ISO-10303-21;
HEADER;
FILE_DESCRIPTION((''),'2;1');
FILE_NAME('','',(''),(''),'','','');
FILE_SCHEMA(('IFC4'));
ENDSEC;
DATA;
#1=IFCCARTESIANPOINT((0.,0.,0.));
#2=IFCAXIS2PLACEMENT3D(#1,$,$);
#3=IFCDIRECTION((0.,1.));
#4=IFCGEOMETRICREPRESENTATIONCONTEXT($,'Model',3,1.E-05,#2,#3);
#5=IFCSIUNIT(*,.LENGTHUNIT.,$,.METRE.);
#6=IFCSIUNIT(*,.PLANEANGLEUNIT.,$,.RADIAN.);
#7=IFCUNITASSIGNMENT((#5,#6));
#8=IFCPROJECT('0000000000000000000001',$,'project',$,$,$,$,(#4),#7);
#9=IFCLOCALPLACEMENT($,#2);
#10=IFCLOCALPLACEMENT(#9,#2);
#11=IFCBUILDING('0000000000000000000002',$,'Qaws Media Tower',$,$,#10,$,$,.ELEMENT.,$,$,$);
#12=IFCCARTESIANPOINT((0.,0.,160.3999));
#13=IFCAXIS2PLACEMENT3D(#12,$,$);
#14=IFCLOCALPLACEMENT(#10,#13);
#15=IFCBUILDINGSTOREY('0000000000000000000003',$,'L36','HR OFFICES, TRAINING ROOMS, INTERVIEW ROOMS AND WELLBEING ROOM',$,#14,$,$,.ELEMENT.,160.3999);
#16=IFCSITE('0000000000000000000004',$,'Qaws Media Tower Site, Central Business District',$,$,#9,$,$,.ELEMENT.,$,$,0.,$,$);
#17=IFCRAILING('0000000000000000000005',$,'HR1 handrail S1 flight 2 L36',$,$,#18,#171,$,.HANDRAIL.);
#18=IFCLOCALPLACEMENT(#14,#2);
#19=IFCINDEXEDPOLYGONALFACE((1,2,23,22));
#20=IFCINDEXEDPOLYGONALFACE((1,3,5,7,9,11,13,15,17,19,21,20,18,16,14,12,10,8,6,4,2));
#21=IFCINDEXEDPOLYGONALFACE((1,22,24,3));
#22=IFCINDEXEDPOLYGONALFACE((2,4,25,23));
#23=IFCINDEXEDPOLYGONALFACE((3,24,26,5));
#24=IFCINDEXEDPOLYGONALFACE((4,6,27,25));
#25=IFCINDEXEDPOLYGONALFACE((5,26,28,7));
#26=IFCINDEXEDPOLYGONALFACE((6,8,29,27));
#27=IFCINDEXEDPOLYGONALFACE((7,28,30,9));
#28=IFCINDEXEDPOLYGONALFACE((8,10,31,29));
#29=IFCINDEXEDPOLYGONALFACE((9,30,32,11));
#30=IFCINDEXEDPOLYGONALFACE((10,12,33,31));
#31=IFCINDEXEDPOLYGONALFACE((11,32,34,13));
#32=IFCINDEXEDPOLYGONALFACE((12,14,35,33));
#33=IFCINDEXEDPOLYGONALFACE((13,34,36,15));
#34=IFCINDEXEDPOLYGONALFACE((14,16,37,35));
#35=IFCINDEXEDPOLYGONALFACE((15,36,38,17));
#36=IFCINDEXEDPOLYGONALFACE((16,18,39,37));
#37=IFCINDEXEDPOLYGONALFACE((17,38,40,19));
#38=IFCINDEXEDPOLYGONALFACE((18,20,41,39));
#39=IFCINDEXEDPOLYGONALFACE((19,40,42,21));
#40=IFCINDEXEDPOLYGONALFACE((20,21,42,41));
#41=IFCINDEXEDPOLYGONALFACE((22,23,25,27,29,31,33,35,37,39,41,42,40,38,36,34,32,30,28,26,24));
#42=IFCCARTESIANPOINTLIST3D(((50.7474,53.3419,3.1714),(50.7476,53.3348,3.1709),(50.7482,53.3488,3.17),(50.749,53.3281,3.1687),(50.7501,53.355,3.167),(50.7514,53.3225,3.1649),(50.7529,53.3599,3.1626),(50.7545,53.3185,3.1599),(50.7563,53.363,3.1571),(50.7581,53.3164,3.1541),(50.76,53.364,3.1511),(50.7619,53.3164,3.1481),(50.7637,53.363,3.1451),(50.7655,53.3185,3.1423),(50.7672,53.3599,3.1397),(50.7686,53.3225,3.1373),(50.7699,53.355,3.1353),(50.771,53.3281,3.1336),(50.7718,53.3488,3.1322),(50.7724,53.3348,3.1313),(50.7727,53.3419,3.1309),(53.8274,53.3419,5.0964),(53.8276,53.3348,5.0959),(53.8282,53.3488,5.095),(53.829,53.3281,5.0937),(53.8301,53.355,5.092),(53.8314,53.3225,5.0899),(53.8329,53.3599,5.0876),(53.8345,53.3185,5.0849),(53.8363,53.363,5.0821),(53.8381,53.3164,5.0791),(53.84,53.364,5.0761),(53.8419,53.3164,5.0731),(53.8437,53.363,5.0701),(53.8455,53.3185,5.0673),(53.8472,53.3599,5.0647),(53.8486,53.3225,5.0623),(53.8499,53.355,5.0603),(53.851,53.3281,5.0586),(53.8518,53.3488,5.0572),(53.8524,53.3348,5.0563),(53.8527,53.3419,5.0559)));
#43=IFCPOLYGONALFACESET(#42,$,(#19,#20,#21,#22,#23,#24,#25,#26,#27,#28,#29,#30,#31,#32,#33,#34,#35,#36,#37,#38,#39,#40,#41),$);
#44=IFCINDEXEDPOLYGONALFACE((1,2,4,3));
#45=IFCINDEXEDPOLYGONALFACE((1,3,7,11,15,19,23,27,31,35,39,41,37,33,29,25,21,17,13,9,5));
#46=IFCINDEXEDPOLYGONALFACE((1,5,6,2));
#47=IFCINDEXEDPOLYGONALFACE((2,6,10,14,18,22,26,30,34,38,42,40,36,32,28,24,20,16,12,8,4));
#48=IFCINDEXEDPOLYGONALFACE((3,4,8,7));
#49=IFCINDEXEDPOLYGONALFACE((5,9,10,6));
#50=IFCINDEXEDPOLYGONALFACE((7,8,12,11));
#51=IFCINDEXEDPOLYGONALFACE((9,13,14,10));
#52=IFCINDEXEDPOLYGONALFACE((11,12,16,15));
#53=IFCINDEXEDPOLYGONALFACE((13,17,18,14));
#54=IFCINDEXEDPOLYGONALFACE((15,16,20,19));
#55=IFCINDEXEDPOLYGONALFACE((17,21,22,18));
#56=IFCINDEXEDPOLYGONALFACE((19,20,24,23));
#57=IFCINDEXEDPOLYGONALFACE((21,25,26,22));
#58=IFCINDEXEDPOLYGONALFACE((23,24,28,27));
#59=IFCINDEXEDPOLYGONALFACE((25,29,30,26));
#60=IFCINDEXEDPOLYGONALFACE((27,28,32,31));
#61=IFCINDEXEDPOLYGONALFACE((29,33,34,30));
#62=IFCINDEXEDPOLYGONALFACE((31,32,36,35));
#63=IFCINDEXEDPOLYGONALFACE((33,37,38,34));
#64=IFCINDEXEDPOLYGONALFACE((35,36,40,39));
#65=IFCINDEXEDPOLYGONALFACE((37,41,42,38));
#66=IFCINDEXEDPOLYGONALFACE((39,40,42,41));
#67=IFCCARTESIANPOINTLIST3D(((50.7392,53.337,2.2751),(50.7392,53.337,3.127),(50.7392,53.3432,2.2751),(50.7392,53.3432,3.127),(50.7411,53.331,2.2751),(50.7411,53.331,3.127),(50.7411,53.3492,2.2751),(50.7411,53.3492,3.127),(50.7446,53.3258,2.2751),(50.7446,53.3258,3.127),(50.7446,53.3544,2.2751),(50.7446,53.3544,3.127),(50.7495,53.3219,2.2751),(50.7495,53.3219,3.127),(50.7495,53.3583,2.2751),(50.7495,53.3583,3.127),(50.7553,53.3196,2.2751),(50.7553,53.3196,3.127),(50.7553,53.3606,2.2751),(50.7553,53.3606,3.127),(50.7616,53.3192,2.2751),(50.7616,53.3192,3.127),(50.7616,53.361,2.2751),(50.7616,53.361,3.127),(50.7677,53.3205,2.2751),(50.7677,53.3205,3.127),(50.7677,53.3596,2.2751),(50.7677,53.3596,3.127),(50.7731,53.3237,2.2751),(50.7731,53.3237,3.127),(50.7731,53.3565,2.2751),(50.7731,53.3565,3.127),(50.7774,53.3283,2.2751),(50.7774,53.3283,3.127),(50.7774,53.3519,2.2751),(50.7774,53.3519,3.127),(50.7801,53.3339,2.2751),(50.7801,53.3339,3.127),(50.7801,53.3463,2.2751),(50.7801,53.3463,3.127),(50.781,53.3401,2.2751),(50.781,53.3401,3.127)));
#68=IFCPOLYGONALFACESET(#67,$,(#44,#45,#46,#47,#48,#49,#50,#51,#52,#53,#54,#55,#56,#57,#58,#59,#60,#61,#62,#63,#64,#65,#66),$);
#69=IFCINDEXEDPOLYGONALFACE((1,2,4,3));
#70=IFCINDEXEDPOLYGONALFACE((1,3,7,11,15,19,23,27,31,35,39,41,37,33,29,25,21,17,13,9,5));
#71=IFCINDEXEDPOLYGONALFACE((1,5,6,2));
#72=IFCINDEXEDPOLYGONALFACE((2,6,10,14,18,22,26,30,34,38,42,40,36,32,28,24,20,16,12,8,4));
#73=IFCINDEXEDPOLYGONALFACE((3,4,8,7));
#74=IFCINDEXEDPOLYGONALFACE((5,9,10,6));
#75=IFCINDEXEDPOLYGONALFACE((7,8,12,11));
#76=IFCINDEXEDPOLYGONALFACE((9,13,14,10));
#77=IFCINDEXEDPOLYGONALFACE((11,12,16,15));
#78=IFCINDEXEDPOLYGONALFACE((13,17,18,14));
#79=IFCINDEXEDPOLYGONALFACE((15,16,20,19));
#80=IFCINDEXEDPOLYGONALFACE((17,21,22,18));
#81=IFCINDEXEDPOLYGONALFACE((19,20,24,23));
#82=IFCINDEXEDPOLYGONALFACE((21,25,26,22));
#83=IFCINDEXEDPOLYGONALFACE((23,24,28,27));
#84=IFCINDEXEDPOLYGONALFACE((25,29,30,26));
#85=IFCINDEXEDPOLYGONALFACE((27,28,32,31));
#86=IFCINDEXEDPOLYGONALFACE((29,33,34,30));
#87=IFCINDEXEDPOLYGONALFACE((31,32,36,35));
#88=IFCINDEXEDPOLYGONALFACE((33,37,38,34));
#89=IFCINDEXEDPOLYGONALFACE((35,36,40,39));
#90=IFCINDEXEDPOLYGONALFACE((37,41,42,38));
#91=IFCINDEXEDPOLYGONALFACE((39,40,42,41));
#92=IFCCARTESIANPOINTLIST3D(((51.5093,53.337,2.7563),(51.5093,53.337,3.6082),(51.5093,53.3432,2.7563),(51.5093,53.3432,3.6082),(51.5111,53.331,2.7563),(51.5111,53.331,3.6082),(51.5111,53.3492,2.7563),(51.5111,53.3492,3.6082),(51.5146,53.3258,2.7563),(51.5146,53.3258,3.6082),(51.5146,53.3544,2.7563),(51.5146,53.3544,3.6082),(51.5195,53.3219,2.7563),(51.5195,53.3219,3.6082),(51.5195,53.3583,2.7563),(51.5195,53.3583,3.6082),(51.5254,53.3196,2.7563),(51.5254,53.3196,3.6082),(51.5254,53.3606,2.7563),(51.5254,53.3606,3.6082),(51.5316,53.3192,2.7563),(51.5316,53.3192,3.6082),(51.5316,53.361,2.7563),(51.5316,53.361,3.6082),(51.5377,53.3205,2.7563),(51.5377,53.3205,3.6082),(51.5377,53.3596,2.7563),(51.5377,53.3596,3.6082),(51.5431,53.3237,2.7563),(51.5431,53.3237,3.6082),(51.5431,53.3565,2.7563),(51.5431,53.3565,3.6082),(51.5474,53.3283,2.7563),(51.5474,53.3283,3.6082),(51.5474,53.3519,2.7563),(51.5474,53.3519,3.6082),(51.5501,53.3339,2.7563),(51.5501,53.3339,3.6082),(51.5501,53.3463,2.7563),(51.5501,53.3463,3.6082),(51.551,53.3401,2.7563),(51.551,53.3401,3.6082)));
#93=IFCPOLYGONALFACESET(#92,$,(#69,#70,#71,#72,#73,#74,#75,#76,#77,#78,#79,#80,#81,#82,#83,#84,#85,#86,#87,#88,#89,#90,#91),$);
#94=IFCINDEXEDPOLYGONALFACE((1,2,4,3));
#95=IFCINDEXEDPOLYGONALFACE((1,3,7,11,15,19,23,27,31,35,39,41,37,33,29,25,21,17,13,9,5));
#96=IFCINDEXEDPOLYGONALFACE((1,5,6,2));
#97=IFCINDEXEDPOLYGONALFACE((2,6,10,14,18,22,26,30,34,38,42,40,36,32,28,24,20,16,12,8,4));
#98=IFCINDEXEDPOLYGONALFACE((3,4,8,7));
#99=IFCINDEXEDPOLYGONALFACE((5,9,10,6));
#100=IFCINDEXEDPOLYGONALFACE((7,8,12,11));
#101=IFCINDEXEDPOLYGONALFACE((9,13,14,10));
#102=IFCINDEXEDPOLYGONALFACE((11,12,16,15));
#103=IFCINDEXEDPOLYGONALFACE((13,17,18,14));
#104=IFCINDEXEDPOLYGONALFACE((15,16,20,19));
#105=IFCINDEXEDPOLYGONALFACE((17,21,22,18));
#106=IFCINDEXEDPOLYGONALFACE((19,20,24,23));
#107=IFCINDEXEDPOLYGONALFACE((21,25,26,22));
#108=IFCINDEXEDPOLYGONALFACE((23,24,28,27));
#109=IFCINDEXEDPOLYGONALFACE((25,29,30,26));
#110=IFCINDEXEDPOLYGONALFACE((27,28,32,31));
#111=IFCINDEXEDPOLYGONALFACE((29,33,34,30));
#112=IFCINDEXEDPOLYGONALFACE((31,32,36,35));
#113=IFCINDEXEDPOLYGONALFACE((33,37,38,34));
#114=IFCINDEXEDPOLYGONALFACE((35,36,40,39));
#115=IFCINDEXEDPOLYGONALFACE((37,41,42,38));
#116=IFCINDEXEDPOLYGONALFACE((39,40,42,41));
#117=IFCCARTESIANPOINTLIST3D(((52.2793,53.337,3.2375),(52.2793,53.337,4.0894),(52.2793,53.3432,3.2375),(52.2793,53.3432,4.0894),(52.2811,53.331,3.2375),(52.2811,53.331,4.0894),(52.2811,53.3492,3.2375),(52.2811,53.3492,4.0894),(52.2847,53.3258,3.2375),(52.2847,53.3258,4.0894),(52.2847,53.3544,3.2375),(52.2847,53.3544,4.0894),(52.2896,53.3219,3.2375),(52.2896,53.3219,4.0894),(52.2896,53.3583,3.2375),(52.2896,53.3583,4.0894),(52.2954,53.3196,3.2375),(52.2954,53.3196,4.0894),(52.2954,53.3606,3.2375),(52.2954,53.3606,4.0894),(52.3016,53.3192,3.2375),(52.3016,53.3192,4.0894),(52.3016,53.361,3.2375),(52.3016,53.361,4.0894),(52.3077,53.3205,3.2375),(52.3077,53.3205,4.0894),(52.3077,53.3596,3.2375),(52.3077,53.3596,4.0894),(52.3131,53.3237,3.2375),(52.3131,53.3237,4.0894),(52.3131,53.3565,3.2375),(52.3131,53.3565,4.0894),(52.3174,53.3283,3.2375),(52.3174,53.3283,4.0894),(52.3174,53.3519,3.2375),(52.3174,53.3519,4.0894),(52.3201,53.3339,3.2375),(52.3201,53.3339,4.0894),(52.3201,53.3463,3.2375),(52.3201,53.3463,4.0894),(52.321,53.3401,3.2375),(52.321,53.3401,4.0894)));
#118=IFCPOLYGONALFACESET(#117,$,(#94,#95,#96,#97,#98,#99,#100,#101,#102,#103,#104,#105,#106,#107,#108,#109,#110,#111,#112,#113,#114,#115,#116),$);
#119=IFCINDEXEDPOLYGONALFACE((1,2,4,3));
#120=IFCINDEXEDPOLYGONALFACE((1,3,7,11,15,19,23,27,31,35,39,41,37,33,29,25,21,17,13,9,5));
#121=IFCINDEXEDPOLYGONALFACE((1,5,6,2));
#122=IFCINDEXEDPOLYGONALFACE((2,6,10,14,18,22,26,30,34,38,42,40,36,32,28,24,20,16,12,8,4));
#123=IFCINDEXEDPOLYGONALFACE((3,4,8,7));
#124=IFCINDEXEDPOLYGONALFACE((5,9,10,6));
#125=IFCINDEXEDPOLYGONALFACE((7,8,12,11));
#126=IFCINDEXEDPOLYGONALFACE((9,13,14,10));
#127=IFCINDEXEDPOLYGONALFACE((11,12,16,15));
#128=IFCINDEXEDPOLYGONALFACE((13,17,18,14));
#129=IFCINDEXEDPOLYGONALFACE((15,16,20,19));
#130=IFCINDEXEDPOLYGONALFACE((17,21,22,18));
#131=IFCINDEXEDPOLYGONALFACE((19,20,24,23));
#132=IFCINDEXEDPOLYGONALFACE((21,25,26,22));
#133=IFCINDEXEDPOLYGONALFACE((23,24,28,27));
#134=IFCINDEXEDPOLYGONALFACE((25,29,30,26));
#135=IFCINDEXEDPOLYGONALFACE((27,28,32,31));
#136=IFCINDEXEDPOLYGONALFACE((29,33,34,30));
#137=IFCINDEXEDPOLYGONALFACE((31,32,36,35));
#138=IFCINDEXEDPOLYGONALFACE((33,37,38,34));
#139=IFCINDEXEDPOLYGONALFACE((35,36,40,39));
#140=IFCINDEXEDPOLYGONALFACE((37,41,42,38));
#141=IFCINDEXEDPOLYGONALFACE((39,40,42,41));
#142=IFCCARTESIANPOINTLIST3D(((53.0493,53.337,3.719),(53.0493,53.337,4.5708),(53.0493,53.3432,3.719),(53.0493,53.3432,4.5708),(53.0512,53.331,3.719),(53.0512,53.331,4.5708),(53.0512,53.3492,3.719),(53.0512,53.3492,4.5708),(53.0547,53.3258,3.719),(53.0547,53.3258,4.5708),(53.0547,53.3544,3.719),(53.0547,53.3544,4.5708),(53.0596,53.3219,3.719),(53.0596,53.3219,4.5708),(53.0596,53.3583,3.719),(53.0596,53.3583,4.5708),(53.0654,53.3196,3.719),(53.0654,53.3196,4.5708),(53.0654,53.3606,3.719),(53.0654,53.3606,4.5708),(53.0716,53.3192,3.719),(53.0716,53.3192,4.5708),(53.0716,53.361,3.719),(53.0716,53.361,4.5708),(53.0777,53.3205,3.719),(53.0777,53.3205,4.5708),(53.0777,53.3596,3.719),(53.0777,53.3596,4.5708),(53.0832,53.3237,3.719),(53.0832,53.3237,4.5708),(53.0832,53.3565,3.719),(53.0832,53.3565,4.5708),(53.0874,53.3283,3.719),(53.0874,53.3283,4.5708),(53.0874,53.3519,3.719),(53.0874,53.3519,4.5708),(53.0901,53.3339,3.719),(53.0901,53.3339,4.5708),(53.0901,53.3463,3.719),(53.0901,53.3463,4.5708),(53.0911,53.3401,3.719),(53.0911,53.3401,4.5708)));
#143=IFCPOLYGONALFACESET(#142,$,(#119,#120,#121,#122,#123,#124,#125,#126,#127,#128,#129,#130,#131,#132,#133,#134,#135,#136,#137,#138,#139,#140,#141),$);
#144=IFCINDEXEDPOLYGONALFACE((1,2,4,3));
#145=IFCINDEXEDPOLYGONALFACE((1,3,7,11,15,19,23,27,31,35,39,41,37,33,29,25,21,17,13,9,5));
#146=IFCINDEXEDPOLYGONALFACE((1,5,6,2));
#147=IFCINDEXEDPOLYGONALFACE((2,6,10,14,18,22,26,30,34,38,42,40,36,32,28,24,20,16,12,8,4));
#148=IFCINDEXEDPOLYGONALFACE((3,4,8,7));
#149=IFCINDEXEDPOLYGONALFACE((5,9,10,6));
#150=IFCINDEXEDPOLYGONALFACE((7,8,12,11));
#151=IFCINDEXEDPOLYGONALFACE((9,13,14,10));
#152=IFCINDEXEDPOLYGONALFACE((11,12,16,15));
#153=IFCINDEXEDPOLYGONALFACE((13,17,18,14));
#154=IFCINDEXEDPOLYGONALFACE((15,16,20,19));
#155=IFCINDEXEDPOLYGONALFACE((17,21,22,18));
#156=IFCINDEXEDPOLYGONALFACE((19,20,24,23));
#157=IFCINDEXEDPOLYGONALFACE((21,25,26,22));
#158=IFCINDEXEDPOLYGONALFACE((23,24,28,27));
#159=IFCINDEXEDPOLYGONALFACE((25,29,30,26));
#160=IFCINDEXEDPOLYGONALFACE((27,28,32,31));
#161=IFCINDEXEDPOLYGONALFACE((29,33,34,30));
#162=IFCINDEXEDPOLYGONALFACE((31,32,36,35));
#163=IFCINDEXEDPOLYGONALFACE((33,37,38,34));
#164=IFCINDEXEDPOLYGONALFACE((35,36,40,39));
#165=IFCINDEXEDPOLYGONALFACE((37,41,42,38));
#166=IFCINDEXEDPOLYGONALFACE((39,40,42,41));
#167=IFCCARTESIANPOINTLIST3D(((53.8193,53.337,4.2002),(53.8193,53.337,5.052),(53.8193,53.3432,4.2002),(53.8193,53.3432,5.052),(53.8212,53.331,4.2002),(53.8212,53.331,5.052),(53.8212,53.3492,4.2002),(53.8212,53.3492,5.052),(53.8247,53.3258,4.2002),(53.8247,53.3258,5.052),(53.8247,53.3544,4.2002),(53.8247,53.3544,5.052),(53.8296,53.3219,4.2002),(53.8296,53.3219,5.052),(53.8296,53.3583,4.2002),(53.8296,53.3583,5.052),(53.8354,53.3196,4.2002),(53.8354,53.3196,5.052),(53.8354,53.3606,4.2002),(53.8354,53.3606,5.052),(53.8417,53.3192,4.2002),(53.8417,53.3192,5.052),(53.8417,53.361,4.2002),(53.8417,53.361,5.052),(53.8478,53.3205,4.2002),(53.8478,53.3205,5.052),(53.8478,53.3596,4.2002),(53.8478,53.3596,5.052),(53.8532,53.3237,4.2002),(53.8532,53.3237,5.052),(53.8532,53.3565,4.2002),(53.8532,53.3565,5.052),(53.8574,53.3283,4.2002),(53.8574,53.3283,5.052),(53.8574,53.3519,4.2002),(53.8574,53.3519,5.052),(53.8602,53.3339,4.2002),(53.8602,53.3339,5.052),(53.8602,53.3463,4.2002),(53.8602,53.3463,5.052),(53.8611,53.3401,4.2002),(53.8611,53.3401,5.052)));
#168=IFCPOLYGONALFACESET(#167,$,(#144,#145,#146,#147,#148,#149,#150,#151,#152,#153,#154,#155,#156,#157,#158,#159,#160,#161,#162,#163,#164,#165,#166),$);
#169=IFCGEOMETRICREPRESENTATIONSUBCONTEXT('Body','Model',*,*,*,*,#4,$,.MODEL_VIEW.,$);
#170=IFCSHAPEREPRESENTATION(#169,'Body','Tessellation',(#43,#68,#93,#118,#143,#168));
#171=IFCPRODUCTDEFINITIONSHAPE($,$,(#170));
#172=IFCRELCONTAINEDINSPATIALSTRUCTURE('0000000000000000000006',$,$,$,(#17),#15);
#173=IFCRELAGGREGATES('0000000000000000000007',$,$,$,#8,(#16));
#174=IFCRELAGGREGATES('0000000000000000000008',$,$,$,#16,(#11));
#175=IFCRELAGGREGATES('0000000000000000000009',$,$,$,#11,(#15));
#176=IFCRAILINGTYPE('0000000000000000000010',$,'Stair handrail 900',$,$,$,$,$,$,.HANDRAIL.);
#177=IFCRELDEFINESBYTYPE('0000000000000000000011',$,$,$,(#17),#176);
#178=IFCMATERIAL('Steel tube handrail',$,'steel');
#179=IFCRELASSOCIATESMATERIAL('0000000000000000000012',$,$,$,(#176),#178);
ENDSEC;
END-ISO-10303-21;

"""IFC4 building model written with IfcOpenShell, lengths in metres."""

from ifc_helpers import new_model, si_unit, direction, frame, origin, origin_2d, place, context, subcontext, project, spatial, circle, extrude, material, type_object, element, save


model = new_model("IFC4")

# Units and contexts
model_context = context("Model", 3, precision=1e-05, world=origin(), true_north=direction((0.0, 1.0)))
body_context = subcontext(model_context, "Body", "Model", "MODEL_VIEW")
ifc_project = project(units=[si_unit("LENGTHUNIT", "METRE"), si_unit("PLANEANGLEUNIT", "RADIAN")], contexts=[model_context])

# Site, building, storey
site_placement = place(None, origin())
site = spatial("IfcSite", under=ifc_project, at=site_placement, Name="Qaws Media Tower Site, Central Business District", CompositionType="ELEMENT", RefElevation=0.0)
building_placement = place(site_placement, origin())
building = spatial("IfcBuilding", under=site, at=building_placement, Name="Qaws Media Tower", CompositionType="ELEMENT")
storey_placement = place(building_placement, frame((0.0, 0.0, 160.3999)))
storey = spatial("IfcBuildingStorey", under=building, at=storey_placement, Name="L36", Description="HR OFFICES, TRAINING ROOMS, INTERVIEW ROOMS AND WELLBEING ROOM", CompositionType="ELEMENT", Elevation=160.3999)

# Railing
ifc_material_1 = material(Name="Steel tube handrail", Category="steel")
railing_type = type_object("IfcRailingType", Name="Stair handrail 900", PredefinedType="HANDRAIL", material=ifc_material_1)
for number, where, name in (
    (1, (50.76, 53.3401, 2.2751), "HR1 handrail S1 flight 2 L36"),
):
    element("IfcRailing", number, at=place(storey_placement, frame(where)), inside=storey, type_object=railing_type, Name=name, PredefinedType="HANDRAIL", context=body_context, shape_type="SweptSolid", body=[
        extrude(circle(Radius=0.0239, at=origin_2d()), frame((0.0, 0.0, 0.876), z_axis=(0.847998, 0.0, 0.529999), x_axis=(0.0, 1.0, 0.0)), (0.0, 0.0, 1.0), 3.6321),
        extrude(circle(Radius=0.021, at=origin_2d()), origin(), (0.0, 0.0, 1.0), 0.8518),
        extrude(circle(Radius=0.021, at=origin_2d()), frame((0.77, 0.0, 0.4812)), (0.0, 0.0, 1.0), 0.8518),
        extrude(circle(Radius=0.021, at=origin_2d()), frame((1.54, 0.0, 0.9624)), (0.0, 0.0, 1.0), 0.8518),
        extrude(circle(Radius=0.021, at=origin_2d()), frame((2.3101, 0.0, 1.4438)), (0.0, 0.0, 1.0), 0.8518),
        extrude(circle(Radius=0.021, at=origin_2d()), frame((3.0801, 0.0, 1.925)), (0.0, 0.0, 1.0), 0.8518),
    ])

save(model, "model.ifc")
